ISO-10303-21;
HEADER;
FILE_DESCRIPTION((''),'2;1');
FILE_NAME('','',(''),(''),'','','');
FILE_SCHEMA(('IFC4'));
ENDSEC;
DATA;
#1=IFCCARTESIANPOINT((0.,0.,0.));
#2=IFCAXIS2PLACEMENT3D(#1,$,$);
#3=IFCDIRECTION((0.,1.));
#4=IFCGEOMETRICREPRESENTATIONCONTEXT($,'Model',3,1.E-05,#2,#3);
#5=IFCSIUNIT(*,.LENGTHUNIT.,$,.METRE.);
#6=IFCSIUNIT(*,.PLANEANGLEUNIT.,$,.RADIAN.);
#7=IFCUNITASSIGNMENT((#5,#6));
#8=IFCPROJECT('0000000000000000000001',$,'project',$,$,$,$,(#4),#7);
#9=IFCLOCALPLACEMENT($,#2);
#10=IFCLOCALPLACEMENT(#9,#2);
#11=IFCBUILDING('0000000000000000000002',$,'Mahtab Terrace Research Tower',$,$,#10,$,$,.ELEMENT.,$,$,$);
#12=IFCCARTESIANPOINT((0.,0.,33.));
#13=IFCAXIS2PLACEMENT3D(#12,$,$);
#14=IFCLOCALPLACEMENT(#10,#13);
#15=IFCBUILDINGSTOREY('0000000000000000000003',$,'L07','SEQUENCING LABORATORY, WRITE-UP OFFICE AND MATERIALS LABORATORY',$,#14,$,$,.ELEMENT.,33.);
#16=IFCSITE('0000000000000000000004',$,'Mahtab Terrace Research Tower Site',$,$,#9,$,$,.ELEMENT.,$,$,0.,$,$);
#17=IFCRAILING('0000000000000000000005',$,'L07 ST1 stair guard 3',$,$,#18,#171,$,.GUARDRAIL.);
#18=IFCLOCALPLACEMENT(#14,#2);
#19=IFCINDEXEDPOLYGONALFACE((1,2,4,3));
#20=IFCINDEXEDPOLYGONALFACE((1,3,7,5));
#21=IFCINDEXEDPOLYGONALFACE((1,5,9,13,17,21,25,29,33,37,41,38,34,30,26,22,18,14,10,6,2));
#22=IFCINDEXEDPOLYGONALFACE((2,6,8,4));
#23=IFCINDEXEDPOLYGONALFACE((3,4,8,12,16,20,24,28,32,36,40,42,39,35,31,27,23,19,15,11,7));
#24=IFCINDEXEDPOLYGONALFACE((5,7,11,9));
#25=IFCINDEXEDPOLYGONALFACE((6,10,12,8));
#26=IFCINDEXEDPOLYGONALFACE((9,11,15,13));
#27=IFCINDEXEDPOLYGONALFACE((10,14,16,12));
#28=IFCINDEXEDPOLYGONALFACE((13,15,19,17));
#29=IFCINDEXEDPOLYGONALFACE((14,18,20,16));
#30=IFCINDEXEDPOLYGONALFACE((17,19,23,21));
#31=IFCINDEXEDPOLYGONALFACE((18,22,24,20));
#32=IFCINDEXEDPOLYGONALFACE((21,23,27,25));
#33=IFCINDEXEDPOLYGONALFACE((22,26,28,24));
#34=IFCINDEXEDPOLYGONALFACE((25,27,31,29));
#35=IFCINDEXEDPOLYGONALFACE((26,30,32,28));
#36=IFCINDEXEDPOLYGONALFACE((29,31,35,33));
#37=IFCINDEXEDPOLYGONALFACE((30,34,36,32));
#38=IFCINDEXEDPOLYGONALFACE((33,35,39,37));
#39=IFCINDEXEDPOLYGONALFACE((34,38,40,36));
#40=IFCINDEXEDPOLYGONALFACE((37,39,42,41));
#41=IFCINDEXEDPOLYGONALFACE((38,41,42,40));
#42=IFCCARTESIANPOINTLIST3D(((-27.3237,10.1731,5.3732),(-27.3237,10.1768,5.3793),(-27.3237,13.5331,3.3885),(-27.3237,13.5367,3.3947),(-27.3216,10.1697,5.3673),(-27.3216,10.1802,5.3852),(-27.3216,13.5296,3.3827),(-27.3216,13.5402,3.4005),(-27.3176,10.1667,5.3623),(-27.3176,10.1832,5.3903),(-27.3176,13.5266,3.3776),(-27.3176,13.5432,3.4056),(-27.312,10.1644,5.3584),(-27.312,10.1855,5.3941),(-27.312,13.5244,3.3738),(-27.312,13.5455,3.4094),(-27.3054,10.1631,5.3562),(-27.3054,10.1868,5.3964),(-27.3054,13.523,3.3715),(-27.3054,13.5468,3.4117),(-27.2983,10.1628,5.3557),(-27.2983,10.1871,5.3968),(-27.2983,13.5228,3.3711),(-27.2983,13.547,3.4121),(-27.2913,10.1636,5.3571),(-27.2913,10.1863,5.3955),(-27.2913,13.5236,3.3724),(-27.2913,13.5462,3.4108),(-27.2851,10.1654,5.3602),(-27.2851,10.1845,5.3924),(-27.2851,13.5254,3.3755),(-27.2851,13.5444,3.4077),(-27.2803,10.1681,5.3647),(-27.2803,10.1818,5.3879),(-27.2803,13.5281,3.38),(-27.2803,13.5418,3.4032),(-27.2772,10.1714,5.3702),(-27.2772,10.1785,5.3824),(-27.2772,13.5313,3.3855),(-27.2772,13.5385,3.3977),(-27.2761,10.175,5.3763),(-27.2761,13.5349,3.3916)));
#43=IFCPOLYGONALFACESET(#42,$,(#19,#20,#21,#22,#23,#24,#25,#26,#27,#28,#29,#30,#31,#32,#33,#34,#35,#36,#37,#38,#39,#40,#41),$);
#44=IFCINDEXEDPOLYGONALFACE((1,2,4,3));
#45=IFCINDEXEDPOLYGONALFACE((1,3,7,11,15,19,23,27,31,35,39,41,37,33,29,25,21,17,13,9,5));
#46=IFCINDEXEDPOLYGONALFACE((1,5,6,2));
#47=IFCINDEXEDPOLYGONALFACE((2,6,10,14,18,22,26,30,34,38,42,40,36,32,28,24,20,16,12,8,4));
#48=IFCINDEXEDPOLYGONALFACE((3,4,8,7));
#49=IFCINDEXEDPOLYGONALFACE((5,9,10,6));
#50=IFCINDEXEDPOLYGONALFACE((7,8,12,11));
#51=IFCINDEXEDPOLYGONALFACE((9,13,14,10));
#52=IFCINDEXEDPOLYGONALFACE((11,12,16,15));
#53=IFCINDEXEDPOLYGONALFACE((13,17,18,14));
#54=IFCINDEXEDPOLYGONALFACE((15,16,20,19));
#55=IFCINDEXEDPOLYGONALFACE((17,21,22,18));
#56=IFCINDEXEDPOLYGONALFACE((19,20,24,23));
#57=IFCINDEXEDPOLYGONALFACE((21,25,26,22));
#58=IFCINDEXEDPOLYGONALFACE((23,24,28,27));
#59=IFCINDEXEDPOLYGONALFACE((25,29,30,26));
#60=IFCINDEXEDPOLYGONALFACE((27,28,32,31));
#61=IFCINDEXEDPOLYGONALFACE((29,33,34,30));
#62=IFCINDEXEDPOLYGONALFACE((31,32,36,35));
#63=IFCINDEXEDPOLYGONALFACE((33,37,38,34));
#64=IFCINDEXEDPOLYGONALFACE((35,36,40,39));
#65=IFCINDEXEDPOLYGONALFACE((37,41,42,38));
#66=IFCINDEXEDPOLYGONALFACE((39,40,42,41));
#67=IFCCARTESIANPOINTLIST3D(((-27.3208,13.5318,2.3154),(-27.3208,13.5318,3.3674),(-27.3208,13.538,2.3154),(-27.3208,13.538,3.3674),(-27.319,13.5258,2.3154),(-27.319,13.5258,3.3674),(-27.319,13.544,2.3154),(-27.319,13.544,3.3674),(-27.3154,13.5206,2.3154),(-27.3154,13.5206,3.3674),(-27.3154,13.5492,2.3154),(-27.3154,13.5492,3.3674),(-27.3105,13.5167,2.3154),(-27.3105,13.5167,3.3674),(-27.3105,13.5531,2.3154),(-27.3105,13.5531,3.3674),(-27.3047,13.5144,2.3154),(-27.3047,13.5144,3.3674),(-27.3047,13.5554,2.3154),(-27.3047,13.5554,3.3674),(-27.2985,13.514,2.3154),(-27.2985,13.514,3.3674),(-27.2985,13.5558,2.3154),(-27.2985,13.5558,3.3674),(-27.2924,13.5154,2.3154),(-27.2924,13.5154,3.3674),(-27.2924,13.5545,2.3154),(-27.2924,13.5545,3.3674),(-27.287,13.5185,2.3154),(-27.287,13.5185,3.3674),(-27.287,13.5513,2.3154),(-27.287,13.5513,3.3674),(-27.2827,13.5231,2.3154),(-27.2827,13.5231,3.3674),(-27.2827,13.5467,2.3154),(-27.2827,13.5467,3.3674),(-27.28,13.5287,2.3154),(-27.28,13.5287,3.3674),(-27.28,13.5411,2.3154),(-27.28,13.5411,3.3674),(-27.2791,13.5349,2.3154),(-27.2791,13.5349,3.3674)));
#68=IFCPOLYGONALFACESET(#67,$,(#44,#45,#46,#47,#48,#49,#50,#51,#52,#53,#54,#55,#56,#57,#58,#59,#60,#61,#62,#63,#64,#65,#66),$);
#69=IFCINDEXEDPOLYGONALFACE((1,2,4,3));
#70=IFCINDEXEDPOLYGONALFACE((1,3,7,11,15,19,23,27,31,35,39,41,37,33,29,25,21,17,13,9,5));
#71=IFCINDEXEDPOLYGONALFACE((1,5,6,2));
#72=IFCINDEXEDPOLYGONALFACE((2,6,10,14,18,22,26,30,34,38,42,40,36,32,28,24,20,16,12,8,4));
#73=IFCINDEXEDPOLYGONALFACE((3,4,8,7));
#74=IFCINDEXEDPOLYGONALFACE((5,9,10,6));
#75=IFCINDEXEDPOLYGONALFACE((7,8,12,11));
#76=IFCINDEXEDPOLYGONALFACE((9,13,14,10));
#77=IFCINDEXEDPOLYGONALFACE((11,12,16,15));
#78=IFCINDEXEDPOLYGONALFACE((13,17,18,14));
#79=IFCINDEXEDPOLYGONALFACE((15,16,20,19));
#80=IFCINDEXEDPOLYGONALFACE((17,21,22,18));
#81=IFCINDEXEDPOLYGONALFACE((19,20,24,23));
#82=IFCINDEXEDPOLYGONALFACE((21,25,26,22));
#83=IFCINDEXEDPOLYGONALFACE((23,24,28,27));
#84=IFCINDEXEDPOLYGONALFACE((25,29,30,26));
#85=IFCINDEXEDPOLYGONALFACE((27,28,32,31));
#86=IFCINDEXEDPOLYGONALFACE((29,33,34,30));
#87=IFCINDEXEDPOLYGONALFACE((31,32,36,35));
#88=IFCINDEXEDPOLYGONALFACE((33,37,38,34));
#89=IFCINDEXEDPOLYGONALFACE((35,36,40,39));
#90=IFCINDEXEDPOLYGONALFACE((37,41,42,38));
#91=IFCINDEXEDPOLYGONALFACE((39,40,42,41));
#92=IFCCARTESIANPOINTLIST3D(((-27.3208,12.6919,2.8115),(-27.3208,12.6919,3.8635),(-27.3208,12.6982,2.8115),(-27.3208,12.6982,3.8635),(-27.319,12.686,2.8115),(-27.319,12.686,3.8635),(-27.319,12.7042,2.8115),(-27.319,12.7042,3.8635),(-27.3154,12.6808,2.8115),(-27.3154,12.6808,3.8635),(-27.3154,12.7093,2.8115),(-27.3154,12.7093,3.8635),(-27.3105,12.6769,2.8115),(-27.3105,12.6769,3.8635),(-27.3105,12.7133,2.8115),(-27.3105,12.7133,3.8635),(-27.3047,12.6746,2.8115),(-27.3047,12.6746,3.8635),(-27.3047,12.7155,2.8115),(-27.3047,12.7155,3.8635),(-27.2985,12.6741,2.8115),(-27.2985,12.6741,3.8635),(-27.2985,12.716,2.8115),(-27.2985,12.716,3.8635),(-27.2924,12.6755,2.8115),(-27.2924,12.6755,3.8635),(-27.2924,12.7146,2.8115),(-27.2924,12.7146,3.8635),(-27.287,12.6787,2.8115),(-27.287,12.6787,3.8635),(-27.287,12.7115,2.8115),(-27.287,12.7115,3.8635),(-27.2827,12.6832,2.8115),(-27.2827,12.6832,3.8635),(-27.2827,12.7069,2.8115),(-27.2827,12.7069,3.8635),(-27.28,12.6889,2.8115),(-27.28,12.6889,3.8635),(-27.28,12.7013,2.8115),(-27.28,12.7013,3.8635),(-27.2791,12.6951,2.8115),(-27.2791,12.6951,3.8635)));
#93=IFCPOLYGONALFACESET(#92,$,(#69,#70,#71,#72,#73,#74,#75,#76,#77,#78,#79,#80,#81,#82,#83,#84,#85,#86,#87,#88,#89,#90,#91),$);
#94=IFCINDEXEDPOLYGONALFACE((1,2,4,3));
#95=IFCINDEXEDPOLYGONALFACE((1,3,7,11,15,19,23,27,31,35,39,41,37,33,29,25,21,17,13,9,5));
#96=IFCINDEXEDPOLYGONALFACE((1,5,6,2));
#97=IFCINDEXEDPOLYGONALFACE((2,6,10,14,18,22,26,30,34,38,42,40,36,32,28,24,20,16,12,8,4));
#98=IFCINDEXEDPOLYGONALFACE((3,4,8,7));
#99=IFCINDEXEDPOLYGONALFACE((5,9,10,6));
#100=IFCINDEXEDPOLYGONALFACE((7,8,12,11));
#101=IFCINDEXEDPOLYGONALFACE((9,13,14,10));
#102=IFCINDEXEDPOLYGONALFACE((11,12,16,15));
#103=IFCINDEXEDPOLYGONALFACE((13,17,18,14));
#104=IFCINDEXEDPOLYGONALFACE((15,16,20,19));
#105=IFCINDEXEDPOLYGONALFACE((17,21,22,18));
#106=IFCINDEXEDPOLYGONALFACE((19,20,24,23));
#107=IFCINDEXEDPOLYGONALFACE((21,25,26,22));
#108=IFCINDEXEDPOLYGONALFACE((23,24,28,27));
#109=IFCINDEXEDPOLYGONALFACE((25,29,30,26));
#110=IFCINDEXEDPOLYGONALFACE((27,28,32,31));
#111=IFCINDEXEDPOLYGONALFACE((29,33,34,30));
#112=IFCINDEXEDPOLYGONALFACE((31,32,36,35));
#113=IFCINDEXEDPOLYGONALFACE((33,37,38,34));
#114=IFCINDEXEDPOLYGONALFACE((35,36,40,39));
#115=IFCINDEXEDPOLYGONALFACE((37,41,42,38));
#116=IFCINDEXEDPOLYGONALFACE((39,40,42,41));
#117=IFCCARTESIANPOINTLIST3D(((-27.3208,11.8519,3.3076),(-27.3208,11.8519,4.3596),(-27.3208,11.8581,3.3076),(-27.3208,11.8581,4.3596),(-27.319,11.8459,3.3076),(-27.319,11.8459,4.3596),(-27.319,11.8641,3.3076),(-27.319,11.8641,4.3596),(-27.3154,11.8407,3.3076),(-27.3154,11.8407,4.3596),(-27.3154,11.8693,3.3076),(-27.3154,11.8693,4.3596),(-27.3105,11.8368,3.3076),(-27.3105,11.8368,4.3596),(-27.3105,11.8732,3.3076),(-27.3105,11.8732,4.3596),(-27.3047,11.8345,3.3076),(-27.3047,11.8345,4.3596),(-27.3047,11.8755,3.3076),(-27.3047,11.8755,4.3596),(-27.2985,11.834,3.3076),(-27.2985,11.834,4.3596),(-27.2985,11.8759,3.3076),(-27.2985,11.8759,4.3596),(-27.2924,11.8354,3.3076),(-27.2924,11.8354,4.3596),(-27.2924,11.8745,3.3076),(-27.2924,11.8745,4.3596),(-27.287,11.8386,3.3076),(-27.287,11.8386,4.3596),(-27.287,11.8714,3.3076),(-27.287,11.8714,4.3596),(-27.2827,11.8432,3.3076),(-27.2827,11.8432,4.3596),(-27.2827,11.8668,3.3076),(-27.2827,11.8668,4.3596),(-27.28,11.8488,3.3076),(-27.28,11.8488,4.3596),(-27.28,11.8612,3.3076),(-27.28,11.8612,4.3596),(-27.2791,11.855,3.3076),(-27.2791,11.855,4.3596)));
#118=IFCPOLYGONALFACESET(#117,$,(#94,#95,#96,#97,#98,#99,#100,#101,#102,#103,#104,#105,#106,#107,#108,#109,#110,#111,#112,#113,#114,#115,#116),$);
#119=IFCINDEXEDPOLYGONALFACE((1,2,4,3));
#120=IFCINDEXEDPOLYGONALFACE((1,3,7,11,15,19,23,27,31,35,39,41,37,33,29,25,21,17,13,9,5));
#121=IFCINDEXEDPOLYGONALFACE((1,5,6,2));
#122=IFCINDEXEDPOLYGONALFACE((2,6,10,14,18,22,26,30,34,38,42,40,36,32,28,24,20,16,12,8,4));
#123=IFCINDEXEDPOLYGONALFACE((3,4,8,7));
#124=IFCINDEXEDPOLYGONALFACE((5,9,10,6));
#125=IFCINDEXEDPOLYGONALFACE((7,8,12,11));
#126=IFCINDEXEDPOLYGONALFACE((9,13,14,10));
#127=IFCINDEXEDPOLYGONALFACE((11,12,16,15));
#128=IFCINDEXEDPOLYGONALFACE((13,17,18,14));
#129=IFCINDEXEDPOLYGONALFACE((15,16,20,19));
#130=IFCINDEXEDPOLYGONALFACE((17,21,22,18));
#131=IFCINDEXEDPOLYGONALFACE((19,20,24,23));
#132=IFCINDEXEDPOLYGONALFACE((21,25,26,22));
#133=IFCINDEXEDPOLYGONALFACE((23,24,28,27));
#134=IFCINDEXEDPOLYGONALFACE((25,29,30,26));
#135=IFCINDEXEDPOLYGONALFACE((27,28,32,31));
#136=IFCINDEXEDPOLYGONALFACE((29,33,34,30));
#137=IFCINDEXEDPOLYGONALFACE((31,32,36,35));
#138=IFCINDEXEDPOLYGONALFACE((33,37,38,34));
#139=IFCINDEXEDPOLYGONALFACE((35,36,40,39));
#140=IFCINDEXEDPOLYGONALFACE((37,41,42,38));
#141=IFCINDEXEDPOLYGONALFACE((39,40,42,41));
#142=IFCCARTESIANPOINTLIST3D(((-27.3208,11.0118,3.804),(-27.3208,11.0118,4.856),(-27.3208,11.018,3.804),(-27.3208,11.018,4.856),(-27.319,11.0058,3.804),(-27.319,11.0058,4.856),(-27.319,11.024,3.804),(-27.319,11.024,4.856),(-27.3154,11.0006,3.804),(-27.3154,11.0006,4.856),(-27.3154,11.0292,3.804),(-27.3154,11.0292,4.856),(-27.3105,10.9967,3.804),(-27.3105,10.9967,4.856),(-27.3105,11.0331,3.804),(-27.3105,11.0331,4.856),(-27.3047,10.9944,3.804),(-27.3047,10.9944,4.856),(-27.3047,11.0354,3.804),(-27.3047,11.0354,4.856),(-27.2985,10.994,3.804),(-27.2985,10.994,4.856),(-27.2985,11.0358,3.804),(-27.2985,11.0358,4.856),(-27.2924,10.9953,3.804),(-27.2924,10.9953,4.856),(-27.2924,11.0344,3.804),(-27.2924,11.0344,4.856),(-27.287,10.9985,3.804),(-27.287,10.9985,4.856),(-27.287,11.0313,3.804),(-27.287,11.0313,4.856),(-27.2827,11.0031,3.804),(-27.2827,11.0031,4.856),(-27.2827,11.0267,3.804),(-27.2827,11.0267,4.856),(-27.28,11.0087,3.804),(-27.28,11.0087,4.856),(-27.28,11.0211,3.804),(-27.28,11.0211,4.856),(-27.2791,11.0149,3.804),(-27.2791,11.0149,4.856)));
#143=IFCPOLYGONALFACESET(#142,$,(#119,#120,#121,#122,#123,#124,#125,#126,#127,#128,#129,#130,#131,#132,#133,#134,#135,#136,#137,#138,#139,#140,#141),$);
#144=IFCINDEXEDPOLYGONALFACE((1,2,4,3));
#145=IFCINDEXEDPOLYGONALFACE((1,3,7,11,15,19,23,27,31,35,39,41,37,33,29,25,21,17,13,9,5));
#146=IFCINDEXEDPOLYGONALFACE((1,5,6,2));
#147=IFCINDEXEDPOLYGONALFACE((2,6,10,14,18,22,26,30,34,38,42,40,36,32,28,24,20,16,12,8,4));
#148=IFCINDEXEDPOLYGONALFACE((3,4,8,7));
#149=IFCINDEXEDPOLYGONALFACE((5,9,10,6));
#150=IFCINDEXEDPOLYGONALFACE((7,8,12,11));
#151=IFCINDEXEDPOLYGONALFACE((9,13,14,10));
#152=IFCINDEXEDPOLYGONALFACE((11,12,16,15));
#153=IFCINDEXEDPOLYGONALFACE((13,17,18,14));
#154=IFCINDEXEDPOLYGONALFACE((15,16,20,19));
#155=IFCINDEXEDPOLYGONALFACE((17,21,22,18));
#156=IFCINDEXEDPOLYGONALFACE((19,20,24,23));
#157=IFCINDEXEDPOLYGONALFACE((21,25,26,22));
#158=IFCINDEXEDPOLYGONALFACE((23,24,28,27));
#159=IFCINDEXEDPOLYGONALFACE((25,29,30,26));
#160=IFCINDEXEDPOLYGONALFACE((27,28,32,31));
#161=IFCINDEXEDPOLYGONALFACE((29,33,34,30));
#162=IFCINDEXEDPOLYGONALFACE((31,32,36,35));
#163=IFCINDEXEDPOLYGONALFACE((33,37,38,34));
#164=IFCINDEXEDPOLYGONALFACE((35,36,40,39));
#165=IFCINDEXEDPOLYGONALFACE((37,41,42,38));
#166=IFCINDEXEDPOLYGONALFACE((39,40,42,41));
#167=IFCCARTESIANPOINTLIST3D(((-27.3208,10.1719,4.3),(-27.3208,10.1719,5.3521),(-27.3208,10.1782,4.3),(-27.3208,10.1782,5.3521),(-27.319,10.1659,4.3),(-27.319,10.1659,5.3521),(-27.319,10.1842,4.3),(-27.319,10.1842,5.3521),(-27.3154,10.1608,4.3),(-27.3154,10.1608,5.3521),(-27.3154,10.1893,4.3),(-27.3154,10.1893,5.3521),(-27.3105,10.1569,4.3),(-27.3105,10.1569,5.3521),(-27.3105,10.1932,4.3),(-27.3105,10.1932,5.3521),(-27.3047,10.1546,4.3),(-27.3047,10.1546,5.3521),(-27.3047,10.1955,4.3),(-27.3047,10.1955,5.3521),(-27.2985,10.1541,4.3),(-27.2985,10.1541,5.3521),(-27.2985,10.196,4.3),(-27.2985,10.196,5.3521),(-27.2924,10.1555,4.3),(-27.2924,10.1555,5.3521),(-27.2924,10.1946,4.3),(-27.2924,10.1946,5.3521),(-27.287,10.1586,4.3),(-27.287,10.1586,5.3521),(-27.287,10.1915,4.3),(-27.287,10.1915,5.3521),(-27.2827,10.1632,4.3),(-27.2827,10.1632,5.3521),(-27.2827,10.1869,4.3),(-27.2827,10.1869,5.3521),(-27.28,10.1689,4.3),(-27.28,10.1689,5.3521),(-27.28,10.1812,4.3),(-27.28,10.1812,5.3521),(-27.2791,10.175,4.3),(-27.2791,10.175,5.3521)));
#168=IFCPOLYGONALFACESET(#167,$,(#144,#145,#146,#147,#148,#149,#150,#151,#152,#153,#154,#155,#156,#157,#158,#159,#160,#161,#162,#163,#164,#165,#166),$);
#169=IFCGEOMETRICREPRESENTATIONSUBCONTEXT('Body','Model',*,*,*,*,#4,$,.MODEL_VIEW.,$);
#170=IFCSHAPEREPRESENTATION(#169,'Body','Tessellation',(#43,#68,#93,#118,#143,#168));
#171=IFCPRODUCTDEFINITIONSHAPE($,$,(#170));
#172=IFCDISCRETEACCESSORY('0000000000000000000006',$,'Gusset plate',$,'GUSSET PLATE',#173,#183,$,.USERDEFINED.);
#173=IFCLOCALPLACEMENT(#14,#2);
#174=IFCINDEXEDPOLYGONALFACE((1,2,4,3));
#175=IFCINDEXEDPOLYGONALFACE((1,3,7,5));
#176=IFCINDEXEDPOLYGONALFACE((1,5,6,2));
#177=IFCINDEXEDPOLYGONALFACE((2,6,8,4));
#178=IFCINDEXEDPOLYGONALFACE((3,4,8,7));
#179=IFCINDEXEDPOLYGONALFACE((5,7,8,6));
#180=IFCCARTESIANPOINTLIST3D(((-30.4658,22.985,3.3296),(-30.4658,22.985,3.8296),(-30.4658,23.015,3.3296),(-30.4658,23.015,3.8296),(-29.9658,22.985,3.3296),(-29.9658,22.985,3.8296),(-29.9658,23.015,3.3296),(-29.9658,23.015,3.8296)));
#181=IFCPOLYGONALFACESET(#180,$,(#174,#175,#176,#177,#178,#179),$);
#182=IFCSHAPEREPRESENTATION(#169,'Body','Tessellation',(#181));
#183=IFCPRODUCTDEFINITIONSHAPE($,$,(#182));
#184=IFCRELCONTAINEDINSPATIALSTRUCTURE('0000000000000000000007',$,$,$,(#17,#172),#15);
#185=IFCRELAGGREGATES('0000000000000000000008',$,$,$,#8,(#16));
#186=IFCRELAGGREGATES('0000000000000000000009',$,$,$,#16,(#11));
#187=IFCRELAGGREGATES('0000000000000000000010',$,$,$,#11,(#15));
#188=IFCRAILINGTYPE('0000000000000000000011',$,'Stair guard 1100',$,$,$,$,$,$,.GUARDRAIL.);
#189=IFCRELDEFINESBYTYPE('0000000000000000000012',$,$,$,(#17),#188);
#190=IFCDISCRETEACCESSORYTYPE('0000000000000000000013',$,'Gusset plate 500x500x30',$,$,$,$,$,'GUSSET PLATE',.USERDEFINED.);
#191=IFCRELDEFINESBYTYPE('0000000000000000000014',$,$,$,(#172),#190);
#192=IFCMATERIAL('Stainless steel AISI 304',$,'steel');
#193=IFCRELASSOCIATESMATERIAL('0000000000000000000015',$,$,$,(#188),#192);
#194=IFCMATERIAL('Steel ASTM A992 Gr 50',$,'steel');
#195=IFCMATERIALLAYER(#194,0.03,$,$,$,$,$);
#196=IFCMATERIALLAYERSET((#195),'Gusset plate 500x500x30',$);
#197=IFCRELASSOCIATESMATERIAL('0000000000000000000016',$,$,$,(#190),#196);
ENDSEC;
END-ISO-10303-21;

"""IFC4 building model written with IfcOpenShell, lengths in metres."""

from ifc_helpers import new_model, si_unit, direction, frame, origin, origin_2d, place, context, subcontext, project, spatial, rectangle, circle, extrude, material, layer, layer_set, type_object, element, save


model = new_model("IFC4")

# Units and contexts
model_context = context("Model", 3, precision=1e-05, world=origin(), true_north=direction((0.0, 1.0)))
body_context = subcontext(model_context, "Body", "Model", "MODEL_VIEW")
ifc_project = project(units=[si_unit("LENGTHUNIT", "METRE"), si_unit("PLANEANGLEUNIT", "RADIAN")], contexts=[model_context])

# Site, building, storey
site_placement = place(None, origin())
site = spatial("IfcSite", under=ifc_project, at=site_placement, Name="Mahtab Terrace Research Tower Site", CompositionType="ELEMENT", RefElevation=0.0)
building_placement = place(site_placement, origin())
building = spatial("IfcBuilding", under=site, at=building_placement, Name="Mahtab Terrace Research Tower", CompositionType="ELEMENT")
storey_placement = place(building_placement, frame((0.0, 0.0, 33.0)))
storey = spatial("IfcBuildingStorey", under=building, at=storey_placement, Name="L07", Description="SEQUENCING LABORATORY, WRITE-UP OFFICE AND MATERIALS LABORATORY", CompositionType="ELEMENT", Elevation=33.0)

# Shared definitions
ifc_material_1 = material(Name="Steel ASTM A992 Gr 50", Category="steel")

# Shared definitions
ifc_material_2 = material(Name="Stainless steel AISI 304", Category="steel")

# Railing
railing_type = type_object("IfcRailingType", Name="Stair guard 1100", PredefinedType="GUARDRAIL", material=ifc_material_2)
railing_1_placement = place(storey_placement, frame((-27.3, 13.5349, 2.3154)))
element("IfcRailing", 1, at=railing_1_placement, inside=storey, type_object=railing_type, Name="L07 ST1 stair guard 3", PredefinedType="GUARDRAIL", context=body_context, shape_type="SweptSolid", body=[
    extrude(circle(Radius=0.0239, at=origin_2d()), frame((0.0, 0.0, 1.0762), z_axis=(0.0, -0.861011, 0.508586), x_axis=(1.0, 0.0, 0.0)), (0.0, 0.0, 1.0), 3.9023),
    extrude(circle(Radius=0.021, at=origin_2d()), origin(), (0.0, 0.0, 1.0), 1.052),
    extrude(circle(Radius=0.021, at=origin_2d()), frame((0.0, -0.8398, 0.4961)), (0.0, 0.0, 1.0), 1.052),
    extrude(circle(Radius=0.021, at=origin_2d()), frame((0.0, -1.6799, 0.9922)), (0.0, 0.0, 1.0), 1.052),
    extrude(circle(Radius=0.021, at=origin_2d()), frame((0.0, -2.52, 1.4885)), (0.0, 0.0, 1.0), 1.052),
    extrude(circle(Radius=0.021, at=origin_2d()), frame((0.0, -3.3599, 1.9846)), (0.0, 0.0, 1.0), 1.052),
])

# Discrete accessory
ifc_layer_1 = layer(ifc_material_1, 0.03)
ifc_layer_set_1 = layer_set([ifc_layer_1], Name="Gusset plate 500x500x30")
discrete_accessory_type = type_object("IfcDiscreteAccessoryType", Name="Gusset plate 500x500x30", ElementType="GUSSET PLATE", PredefinedType="USERDEFINED", material=ifc_layer_set_1)
discrete_accessory_placement = place(storey_placement, frame((-30.2158, 23.0, 3.3296), z_axis=(0.0, 0.0, 1.0), x_axis=(1.0, 0.0, 0.0)))
element("IfcDiscreteAccessory", 2, at=discrete_accessory_placement, inside=storey, type_object=discrete_accessory_type, Name="Gusset plate", ObjectType="GUSSET PLATE", PredefinedType="USERDEFINED", context=body_context, shape_type="SweptSolid", body=[
    extrude(rectangle(XDim=0.5, YDim=0.03, at=origin_2d()), origin(), (0.0, 0.0, 1.0), 0.5),
])

save(model, "model.ifc")
